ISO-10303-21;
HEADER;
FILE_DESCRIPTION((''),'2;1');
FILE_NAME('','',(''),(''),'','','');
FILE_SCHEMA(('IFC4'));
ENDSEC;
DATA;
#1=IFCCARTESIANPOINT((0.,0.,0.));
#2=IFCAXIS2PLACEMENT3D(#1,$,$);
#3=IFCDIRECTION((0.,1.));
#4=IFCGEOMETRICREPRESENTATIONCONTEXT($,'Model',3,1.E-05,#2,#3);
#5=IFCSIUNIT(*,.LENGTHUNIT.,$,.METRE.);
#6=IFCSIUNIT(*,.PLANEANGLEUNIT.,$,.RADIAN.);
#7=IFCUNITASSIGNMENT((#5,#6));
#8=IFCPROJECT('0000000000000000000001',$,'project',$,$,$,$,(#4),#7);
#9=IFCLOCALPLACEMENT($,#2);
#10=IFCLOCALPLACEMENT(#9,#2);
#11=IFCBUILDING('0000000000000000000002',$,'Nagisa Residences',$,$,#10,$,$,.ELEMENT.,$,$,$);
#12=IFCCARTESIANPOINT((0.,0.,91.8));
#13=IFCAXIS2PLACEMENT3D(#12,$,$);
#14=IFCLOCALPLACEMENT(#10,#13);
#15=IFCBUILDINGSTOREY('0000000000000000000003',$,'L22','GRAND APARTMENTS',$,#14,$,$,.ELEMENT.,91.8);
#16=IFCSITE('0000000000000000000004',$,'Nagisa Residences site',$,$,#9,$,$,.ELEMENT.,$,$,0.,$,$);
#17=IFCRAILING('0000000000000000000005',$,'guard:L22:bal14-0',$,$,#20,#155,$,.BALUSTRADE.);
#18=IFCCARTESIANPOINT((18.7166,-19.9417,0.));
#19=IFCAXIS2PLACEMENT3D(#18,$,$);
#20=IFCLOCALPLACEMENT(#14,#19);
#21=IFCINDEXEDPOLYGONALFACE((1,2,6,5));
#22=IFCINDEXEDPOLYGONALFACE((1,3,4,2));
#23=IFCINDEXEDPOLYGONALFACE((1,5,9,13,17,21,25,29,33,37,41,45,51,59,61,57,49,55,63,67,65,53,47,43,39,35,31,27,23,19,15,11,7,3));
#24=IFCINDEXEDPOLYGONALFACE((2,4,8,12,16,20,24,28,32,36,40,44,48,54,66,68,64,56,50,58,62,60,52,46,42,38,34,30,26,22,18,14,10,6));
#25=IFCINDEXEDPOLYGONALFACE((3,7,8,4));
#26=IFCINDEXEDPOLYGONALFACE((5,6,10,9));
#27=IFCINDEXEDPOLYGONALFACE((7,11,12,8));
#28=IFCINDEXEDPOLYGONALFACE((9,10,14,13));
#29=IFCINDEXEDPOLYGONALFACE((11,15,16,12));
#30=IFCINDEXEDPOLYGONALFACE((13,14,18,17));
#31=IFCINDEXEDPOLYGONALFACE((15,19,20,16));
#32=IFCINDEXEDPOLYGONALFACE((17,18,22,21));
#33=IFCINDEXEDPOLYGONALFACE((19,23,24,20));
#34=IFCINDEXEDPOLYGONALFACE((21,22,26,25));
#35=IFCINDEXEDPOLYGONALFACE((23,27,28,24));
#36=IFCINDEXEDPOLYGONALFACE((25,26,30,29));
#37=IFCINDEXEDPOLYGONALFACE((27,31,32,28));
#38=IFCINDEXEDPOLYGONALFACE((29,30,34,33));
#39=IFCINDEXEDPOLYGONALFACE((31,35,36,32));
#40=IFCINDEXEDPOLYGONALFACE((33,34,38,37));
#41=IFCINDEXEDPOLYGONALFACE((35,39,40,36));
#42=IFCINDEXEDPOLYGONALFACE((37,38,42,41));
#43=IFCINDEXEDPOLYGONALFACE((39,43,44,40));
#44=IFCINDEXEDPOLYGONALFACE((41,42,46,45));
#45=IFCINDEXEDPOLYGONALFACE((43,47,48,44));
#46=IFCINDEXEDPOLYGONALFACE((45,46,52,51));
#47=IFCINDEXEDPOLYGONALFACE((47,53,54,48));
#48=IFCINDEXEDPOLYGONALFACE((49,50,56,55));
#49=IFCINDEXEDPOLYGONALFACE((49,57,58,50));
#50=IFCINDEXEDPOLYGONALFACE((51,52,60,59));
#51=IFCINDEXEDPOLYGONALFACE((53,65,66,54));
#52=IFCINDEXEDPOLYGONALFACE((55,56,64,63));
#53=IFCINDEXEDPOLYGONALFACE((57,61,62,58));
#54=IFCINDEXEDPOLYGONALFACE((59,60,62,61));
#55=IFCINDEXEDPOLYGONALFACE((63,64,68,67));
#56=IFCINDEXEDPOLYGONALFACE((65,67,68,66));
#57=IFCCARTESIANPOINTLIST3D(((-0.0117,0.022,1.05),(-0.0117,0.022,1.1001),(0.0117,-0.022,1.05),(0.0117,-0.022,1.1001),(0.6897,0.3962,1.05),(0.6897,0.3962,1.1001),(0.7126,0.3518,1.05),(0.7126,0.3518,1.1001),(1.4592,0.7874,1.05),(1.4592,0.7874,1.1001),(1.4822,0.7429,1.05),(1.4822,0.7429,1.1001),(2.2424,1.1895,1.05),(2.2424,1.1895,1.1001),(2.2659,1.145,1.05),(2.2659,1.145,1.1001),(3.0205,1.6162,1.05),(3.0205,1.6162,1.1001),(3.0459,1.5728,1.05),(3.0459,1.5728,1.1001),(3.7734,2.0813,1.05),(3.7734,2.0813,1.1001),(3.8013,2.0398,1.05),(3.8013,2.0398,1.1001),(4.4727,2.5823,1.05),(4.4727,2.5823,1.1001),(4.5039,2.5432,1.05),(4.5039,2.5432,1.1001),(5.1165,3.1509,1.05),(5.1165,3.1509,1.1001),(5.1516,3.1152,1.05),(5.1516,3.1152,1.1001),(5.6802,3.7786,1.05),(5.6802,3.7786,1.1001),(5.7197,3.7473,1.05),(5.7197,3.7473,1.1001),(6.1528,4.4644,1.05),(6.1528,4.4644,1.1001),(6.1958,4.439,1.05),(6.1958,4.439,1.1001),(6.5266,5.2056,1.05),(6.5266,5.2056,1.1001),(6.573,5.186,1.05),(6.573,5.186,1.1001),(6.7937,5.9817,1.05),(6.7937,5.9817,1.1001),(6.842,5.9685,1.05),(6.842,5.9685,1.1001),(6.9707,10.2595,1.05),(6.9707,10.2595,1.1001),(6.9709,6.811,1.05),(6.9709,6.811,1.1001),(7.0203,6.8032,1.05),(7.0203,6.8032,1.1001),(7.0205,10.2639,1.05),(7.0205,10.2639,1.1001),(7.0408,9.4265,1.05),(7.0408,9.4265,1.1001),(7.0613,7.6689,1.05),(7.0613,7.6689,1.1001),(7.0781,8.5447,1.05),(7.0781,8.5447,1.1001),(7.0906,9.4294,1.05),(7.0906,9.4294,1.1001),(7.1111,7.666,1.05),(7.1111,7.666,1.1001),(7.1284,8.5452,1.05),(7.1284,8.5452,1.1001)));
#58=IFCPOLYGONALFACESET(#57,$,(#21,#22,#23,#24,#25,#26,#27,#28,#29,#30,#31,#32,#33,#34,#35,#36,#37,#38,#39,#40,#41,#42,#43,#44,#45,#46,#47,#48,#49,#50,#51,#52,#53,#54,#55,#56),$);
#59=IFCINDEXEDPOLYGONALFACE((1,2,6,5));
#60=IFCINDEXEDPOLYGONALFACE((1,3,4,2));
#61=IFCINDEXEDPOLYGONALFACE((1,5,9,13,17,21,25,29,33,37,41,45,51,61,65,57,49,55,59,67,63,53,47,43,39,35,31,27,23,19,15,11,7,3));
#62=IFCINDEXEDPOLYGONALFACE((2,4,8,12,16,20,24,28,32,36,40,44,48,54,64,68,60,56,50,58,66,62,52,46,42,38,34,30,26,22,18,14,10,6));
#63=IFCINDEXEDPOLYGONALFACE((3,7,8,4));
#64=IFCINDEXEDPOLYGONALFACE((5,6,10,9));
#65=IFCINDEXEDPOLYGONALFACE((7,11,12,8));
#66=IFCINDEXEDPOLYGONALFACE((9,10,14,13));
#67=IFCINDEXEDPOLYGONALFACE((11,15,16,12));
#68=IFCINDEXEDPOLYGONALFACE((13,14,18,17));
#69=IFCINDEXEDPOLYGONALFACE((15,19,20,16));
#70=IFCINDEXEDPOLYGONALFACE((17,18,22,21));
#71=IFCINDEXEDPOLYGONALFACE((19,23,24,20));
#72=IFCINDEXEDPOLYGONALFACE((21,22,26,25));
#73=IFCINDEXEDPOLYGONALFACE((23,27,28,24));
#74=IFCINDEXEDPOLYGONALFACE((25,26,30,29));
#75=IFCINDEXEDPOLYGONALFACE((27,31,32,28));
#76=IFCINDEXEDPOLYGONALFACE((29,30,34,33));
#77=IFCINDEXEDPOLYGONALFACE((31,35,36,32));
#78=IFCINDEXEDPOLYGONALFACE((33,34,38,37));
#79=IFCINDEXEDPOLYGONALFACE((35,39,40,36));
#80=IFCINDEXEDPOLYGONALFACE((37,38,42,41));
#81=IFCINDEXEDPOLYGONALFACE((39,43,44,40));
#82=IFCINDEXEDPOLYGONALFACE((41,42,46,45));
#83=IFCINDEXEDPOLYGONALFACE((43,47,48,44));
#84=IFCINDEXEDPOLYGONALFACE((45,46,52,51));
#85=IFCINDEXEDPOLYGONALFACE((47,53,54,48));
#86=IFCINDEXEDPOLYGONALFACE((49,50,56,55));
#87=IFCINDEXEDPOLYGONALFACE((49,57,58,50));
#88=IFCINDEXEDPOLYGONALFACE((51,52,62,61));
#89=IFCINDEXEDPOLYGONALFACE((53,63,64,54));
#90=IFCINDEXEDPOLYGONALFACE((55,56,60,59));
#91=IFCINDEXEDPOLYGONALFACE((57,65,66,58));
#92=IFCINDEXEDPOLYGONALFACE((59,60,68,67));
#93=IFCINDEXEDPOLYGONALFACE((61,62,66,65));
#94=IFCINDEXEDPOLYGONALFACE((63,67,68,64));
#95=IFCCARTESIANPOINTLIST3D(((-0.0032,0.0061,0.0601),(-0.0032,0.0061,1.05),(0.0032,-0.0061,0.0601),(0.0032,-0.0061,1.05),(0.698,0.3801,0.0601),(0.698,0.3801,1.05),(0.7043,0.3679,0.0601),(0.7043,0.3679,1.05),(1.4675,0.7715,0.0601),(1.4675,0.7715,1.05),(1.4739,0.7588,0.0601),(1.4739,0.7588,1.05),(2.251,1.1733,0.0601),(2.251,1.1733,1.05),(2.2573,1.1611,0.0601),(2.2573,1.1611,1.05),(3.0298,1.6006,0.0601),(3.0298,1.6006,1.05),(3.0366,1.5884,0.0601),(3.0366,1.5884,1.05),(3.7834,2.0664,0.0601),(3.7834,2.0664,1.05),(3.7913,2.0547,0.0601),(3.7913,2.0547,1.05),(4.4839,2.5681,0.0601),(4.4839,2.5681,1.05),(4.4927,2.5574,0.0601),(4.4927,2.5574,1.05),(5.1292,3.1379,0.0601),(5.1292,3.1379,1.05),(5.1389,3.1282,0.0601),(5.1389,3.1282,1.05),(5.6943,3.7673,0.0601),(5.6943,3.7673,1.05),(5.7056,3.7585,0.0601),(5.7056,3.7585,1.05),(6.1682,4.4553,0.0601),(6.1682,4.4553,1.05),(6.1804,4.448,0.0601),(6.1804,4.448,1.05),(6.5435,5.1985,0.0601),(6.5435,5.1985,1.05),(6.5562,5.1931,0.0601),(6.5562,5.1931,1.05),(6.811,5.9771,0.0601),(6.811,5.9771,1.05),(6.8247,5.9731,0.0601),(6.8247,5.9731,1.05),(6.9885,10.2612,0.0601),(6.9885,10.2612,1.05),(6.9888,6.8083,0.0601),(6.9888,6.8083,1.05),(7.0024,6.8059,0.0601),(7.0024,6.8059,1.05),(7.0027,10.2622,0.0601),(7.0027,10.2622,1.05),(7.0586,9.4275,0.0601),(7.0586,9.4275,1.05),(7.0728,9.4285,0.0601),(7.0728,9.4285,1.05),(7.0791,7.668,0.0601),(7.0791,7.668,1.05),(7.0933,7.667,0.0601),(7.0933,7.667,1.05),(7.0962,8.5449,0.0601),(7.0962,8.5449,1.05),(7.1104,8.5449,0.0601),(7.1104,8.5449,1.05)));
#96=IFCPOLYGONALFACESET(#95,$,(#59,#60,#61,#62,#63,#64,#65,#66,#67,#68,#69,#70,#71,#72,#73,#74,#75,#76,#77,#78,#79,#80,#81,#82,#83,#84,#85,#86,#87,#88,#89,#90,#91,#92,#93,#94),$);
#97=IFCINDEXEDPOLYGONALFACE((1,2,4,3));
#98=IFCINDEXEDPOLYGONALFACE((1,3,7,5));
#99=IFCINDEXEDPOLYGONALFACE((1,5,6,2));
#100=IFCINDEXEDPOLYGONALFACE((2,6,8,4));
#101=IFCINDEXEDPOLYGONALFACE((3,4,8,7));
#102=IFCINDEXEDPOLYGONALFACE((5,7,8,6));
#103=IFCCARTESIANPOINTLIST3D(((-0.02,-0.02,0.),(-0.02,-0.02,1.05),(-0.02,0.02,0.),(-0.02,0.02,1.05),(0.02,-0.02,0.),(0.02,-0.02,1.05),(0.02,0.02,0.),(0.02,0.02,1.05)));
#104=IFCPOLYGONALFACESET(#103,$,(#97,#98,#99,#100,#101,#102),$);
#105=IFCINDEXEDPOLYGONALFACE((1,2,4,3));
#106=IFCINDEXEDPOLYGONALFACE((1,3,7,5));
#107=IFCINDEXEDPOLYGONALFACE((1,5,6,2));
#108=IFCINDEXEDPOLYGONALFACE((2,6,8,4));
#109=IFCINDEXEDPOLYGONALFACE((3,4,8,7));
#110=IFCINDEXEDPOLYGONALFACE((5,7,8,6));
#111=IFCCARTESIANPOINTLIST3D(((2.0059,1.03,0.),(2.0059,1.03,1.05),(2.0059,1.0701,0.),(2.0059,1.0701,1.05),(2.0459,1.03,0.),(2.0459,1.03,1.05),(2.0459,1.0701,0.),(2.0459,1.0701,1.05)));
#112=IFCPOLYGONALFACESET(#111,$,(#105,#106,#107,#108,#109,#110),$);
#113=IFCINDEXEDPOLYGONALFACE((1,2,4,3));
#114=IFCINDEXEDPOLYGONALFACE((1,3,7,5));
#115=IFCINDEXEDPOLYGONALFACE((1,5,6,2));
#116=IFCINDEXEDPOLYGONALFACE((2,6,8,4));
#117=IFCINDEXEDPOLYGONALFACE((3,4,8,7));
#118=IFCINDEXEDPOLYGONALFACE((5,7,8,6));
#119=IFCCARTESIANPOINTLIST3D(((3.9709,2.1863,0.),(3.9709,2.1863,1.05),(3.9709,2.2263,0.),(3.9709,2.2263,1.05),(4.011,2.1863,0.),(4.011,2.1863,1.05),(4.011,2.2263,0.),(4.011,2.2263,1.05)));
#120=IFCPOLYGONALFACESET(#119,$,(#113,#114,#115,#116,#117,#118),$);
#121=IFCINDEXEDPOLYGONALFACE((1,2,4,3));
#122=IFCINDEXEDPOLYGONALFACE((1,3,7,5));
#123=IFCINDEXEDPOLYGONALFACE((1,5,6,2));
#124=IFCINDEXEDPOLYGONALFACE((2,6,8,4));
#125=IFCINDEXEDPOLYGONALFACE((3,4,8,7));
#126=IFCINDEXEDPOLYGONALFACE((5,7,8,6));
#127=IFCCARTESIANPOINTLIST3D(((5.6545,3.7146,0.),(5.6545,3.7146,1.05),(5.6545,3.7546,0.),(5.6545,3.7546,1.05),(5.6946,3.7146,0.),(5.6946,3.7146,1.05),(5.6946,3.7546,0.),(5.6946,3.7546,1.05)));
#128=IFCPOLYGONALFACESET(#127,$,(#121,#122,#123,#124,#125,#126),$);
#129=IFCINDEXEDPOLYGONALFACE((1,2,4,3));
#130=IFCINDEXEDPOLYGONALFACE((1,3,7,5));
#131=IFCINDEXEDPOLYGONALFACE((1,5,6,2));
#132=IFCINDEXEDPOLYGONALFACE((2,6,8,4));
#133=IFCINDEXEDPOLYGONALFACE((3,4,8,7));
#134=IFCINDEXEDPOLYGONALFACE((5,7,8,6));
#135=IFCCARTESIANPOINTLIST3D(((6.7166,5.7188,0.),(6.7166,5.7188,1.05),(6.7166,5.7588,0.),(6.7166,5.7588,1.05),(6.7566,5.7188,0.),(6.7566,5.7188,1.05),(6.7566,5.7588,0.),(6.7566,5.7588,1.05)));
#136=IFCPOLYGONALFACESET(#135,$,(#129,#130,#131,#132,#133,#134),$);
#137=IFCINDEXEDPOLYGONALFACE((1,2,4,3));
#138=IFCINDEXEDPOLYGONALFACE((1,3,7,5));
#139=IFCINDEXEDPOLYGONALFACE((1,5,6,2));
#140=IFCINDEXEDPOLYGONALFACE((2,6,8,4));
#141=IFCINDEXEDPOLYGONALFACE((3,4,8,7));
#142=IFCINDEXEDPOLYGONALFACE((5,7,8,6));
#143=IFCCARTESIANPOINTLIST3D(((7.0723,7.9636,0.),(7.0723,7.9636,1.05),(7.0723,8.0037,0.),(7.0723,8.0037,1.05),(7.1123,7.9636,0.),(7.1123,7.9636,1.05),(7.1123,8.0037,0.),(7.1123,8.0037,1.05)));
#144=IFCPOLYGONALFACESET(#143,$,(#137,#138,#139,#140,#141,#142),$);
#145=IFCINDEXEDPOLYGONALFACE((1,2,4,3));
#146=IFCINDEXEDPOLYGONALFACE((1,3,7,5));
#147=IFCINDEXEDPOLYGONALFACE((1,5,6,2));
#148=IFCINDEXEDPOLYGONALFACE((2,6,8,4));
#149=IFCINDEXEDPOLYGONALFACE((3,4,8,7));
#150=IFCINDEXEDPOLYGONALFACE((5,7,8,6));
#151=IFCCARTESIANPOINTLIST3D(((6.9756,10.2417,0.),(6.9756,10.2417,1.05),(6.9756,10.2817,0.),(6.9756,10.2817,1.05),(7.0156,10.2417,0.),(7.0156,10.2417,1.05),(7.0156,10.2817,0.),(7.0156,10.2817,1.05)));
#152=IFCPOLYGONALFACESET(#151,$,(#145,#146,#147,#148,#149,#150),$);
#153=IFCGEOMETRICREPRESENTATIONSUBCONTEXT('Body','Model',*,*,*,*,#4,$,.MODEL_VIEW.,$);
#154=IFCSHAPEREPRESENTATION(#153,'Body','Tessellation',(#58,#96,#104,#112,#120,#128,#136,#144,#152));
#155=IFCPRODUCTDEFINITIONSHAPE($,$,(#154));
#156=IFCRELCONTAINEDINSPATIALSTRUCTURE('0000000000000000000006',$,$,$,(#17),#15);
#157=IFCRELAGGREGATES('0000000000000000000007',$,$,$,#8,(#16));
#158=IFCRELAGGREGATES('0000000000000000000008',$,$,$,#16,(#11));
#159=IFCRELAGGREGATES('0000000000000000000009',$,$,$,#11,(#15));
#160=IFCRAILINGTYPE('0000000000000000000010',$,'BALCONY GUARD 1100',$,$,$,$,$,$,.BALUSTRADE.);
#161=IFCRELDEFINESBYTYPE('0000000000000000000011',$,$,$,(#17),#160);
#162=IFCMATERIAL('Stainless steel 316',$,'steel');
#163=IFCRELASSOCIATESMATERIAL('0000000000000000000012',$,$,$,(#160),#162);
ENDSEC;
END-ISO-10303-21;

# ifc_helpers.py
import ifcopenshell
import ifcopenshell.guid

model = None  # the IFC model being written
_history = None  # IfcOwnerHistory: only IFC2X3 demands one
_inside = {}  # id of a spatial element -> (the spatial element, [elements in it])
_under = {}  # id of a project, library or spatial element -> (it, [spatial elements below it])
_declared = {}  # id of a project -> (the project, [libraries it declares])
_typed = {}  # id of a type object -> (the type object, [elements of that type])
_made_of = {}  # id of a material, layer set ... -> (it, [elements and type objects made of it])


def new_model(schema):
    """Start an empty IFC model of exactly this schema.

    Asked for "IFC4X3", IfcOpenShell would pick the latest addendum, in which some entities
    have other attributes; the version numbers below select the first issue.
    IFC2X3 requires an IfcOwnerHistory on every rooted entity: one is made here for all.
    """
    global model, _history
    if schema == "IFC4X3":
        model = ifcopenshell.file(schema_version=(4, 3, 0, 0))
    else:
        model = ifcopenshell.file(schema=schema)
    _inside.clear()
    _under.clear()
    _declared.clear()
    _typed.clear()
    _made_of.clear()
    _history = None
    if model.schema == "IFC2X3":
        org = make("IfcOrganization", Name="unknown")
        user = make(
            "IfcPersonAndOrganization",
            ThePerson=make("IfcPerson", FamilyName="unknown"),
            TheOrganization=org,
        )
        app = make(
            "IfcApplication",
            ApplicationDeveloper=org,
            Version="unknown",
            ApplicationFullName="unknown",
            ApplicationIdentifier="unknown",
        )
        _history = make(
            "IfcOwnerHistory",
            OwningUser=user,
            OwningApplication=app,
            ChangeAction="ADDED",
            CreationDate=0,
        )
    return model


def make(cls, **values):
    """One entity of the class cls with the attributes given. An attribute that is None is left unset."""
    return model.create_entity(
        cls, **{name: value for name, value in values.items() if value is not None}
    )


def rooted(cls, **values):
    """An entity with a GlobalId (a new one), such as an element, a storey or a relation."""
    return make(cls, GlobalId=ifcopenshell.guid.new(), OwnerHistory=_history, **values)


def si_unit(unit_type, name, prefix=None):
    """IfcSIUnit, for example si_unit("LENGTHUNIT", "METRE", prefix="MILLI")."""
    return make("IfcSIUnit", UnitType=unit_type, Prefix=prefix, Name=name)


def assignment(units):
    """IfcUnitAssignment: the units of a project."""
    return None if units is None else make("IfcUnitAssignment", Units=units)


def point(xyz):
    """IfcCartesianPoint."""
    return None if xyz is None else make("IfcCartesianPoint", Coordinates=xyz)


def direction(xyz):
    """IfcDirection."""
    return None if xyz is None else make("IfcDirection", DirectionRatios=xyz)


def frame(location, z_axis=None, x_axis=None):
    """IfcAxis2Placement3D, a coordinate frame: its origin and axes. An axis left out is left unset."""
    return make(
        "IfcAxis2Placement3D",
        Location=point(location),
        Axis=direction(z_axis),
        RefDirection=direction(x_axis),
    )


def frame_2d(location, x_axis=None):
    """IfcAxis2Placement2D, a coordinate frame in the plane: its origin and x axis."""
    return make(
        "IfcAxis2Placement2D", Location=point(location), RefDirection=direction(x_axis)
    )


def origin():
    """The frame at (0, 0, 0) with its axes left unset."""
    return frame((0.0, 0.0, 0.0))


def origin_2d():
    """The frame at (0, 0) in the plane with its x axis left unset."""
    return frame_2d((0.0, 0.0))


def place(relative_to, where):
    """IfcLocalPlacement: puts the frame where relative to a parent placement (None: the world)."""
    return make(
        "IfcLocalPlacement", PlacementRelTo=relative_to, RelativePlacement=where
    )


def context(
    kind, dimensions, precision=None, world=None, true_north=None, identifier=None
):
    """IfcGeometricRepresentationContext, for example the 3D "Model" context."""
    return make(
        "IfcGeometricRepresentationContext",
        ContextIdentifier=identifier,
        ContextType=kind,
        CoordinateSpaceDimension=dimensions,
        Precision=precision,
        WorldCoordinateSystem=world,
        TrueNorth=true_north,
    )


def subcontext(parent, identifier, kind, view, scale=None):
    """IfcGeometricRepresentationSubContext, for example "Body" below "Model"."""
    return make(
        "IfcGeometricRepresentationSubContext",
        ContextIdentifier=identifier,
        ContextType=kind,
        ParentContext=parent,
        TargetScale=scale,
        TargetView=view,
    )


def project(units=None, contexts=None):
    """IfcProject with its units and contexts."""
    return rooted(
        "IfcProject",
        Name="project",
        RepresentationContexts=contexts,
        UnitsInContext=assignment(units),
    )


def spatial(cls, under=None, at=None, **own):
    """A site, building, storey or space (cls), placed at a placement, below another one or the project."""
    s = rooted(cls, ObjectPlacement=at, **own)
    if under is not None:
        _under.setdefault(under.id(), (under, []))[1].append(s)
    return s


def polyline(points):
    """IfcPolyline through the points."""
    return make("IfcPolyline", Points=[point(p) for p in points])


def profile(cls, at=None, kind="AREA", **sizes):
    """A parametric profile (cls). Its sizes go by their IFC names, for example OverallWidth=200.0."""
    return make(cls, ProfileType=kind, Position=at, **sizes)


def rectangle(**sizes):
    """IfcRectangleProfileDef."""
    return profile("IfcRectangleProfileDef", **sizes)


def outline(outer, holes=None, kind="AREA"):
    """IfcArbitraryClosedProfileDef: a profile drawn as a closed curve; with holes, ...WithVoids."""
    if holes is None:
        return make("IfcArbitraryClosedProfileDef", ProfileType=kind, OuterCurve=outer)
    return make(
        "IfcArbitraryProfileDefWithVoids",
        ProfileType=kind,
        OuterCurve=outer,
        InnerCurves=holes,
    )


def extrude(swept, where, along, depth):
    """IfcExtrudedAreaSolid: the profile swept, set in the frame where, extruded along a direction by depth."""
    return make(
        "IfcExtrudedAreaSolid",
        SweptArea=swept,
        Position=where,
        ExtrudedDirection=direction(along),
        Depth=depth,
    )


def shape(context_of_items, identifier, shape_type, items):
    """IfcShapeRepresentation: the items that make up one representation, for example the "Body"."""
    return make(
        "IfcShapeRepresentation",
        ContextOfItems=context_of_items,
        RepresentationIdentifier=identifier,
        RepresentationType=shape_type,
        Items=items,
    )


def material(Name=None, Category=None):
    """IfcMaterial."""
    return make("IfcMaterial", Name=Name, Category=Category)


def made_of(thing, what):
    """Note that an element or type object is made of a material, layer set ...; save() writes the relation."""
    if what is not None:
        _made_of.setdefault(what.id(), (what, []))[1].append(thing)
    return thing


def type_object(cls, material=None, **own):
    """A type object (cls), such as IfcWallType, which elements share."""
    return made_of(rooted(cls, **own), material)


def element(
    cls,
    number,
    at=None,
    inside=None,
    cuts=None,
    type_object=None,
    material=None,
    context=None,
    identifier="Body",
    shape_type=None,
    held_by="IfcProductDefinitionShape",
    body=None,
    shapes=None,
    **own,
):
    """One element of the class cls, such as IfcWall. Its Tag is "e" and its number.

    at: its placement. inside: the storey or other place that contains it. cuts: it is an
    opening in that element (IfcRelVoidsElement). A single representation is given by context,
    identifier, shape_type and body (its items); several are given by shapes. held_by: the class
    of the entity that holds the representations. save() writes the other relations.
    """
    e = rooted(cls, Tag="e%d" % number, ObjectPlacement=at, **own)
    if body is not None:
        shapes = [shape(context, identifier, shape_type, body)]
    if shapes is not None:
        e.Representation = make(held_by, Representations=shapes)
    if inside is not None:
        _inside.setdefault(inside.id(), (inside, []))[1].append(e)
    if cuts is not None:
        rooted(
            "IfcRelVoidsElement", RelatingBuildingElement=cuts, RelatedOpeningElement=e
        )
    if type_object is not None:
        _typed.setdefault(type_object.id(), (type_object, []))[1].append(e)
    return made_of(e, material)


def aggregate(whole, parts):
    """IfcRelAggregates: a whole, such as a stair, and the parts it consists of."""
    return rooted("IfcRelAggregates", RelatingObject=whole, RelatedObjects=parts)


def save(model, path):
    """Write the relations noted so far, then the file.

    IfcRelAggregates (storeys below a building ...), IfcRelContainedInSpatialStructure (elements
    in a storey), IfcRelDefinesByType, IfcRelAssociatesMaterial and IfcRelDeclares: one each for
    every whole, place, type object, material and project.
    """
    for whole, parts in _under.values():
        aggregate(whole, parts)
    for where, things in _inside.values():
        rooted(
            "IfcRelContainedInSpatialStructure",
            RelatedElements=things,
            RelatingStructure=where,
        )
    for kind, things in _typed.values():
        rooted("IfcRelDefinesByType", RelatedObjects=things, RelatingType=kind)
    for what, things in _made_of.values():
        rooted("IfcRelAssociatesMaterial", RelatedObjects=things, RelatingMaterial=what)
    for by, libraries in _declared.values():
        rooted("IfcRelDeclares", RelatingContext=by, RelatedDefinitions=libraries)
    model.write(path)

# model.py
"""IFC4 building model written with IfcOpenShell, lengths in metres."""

from ifc_helpers import new_model, si_unit, direction, frame, origin, origin_2d, place, context, subcontext, project, spatial, polyline, rectangle, outline, extrude, material, type_object, element, save


model = new_model("IFC4")

# Units and contexts
model_context = context("Model", 3, precision=1e-05, world=origin(), true_north=direction((0.0, 1.0)))
body_context = subcontext(model_context, "Body", "Model", "MODEL_VIEW")
ifc_project = project(units=[si_unit("LENGTHUNIT", "METRE"), si_unit("PLANEANGLEUNIT", "RADIAN")], contexts=[model_context])

# Site, building, storey
site_placement = place(None, origin())
site = spatial("IfcSite", under=ifc_project, at=site_placement, Name="Nagisa Residences site", CompositionType="ELEMENT", RefElevation=0.0)
building_placement = place(site_placement, origin())
building = spatial("IfcBuilding", under=site, at=building_placement, Name="Nagisa Residences", CompositionType="ELEMENT")
storey_placement = place(building_placement, frame((0.0, 0.0, 91.8)))
storey = spatial("IfcBuildingStorey", under=building, at=storey_placement, Name="L22", Description="GRAND APARTMENTS", CompositionType="ELEMENT", Elevation=91.8)

# Railing
ifc_material_1 = material(Name="Stainless steel 316", Category="steel")
railing_type = type_object("IfcRailingType", Name="BALCONY GUARD 1100", PredefinedType="BALUSTRADE", material=ifc_material_1)
railing_1_placement = place(storey_placement, frame((18.7166, -19.9417, 0.0)))
element("IfcRailing", 1, at=railing_1_placement, inside=storey, type_object=railing_type, Name="guard:L22:bal14-0", PredefinedType="BALUSTRADE", context=body_context, shape_type="SweptSolid", body=[
    extrude(outline(polyline([(0.6897, 0.3962), (-0.0117, 0.022), (0.0117, -0.022), (0.7126, 0.3518), (1.4822, 0.7429), (2.2659, 1.145), (3.0459, 1.5728), (3.8013, 2.0398), (4.5039, 2.5432), (5.1516, 3.1152), (5.7197, 3.7473), (6.1958, 4.439), (6.573, 5.186), (6.842, 5.9685), (7.0203, 6.8032), (7.1111, 7.666), (7.1284, 8.5452), (7.0906, 9.4294), (7.0205, 10.2639), (6.9707, 10.2595), (7.0408, 9.4265), (7.0781, 8.5447), (7.0613, 7.6689), (6.9709, 6.811), (6.7937, 5.9817), (6.5266, 5.2056), (6.1528, 4.4644), (5.6802, 3.7786), (5.1165, 3.1509), (4.4727, 2.5823), (3.7734, 2.0813), (3.0205, 1.6162), (2.2424, 1.1895), (1.4592, 0.7874), (0.6897, 0.3962)])), frame((0.0, 0.0, 1.05)), (0.0, 0.0, 1.0), 0.05),
    extrude(outline(polyline([(0.698, 0.3801), (-0.0032, 0.0061), (0.0032, -0.0061), (0.7043, 0.3679), (1.4739, 0.7588), (2.2573, 1.1611), (3.0366, 1.5884), (3.7913, 2.0547), (4.4927, 2.5574), (5.1389, 3.1282), (5.7056, 3.7585), (6.1804, 4.448), (6.5562, 5.1931), (6.8247, 5.9731), (7.0024, 6.8059), (7.0933, 7.667), (7.1104, 8.5449), (7.0728, 9.4285), (7.0027, 10.2622), (6.9885, 10.2612), (7.0586, 9.4275), (7.0962, 8.5449), (7.0791, 7.668), (6.9888, 6.8083), (6.811, 5.9771), (6.5435, 5.1985), (6.1682, 4.4553), (5.6943, 3.7673), (5.1292, 3.1379), (4.4839, 2.5681), (3.7834, 2.0664), (3.0298, 1.6006), (2.251, 1.1733), (1.4675, 0.7715), (0.698, 0.3801)])), frame((0.0, 0.0, 0.0601)), (0.0, 0.0, 1.0), 0.99),
    extrude(rectangle(XDim=0.04, YDim=0.04, at=origin_2d()), origin(), (0.0, 0.0, 1.0), 1.05),
    extrude(rectangle(XDim=0.04, YDim=0.04, at=origin_2d()), frame((2.0259, 1.05, 0.0)), (0.0, 0.0, 1.0), 1.05),
    extrude(rectangle(XDim=0.04, YDim=0.04, at=origin_2d()), frame((3.991, 2.2063, 0.0)), (0.0, 0.0, 1.0), 1.05),
    extrude(rectangle(XDim=0.04, YDim=0.04, at=origin_2d()), frame((5.6746, 3.7346, 0.0)), (0.0, 0.0, 1.0), 1.05),
    extrude(rectangle(XDim=0.04, YDim=0.04, at=origin_2d()), frame((6.7366, 5.7388, 0.0)), (0.0, 0.0, 1.0), 1.05),
    extrude(rectangle(XDim=0.04, YDim=0.04, at=origin_2d()), frame((7.0923, 7.9836, 0.0)), (0.0, 0.0, 1.0), 1.05),
    extrude(rectangle(XDim=0.04, YDim=0.04, at=origin_2d()), frame((6.9956, 10.2617, 0.0)), (0.0, 0.0, 1.0), 1.05),
])

save(model, "model.ifc")
